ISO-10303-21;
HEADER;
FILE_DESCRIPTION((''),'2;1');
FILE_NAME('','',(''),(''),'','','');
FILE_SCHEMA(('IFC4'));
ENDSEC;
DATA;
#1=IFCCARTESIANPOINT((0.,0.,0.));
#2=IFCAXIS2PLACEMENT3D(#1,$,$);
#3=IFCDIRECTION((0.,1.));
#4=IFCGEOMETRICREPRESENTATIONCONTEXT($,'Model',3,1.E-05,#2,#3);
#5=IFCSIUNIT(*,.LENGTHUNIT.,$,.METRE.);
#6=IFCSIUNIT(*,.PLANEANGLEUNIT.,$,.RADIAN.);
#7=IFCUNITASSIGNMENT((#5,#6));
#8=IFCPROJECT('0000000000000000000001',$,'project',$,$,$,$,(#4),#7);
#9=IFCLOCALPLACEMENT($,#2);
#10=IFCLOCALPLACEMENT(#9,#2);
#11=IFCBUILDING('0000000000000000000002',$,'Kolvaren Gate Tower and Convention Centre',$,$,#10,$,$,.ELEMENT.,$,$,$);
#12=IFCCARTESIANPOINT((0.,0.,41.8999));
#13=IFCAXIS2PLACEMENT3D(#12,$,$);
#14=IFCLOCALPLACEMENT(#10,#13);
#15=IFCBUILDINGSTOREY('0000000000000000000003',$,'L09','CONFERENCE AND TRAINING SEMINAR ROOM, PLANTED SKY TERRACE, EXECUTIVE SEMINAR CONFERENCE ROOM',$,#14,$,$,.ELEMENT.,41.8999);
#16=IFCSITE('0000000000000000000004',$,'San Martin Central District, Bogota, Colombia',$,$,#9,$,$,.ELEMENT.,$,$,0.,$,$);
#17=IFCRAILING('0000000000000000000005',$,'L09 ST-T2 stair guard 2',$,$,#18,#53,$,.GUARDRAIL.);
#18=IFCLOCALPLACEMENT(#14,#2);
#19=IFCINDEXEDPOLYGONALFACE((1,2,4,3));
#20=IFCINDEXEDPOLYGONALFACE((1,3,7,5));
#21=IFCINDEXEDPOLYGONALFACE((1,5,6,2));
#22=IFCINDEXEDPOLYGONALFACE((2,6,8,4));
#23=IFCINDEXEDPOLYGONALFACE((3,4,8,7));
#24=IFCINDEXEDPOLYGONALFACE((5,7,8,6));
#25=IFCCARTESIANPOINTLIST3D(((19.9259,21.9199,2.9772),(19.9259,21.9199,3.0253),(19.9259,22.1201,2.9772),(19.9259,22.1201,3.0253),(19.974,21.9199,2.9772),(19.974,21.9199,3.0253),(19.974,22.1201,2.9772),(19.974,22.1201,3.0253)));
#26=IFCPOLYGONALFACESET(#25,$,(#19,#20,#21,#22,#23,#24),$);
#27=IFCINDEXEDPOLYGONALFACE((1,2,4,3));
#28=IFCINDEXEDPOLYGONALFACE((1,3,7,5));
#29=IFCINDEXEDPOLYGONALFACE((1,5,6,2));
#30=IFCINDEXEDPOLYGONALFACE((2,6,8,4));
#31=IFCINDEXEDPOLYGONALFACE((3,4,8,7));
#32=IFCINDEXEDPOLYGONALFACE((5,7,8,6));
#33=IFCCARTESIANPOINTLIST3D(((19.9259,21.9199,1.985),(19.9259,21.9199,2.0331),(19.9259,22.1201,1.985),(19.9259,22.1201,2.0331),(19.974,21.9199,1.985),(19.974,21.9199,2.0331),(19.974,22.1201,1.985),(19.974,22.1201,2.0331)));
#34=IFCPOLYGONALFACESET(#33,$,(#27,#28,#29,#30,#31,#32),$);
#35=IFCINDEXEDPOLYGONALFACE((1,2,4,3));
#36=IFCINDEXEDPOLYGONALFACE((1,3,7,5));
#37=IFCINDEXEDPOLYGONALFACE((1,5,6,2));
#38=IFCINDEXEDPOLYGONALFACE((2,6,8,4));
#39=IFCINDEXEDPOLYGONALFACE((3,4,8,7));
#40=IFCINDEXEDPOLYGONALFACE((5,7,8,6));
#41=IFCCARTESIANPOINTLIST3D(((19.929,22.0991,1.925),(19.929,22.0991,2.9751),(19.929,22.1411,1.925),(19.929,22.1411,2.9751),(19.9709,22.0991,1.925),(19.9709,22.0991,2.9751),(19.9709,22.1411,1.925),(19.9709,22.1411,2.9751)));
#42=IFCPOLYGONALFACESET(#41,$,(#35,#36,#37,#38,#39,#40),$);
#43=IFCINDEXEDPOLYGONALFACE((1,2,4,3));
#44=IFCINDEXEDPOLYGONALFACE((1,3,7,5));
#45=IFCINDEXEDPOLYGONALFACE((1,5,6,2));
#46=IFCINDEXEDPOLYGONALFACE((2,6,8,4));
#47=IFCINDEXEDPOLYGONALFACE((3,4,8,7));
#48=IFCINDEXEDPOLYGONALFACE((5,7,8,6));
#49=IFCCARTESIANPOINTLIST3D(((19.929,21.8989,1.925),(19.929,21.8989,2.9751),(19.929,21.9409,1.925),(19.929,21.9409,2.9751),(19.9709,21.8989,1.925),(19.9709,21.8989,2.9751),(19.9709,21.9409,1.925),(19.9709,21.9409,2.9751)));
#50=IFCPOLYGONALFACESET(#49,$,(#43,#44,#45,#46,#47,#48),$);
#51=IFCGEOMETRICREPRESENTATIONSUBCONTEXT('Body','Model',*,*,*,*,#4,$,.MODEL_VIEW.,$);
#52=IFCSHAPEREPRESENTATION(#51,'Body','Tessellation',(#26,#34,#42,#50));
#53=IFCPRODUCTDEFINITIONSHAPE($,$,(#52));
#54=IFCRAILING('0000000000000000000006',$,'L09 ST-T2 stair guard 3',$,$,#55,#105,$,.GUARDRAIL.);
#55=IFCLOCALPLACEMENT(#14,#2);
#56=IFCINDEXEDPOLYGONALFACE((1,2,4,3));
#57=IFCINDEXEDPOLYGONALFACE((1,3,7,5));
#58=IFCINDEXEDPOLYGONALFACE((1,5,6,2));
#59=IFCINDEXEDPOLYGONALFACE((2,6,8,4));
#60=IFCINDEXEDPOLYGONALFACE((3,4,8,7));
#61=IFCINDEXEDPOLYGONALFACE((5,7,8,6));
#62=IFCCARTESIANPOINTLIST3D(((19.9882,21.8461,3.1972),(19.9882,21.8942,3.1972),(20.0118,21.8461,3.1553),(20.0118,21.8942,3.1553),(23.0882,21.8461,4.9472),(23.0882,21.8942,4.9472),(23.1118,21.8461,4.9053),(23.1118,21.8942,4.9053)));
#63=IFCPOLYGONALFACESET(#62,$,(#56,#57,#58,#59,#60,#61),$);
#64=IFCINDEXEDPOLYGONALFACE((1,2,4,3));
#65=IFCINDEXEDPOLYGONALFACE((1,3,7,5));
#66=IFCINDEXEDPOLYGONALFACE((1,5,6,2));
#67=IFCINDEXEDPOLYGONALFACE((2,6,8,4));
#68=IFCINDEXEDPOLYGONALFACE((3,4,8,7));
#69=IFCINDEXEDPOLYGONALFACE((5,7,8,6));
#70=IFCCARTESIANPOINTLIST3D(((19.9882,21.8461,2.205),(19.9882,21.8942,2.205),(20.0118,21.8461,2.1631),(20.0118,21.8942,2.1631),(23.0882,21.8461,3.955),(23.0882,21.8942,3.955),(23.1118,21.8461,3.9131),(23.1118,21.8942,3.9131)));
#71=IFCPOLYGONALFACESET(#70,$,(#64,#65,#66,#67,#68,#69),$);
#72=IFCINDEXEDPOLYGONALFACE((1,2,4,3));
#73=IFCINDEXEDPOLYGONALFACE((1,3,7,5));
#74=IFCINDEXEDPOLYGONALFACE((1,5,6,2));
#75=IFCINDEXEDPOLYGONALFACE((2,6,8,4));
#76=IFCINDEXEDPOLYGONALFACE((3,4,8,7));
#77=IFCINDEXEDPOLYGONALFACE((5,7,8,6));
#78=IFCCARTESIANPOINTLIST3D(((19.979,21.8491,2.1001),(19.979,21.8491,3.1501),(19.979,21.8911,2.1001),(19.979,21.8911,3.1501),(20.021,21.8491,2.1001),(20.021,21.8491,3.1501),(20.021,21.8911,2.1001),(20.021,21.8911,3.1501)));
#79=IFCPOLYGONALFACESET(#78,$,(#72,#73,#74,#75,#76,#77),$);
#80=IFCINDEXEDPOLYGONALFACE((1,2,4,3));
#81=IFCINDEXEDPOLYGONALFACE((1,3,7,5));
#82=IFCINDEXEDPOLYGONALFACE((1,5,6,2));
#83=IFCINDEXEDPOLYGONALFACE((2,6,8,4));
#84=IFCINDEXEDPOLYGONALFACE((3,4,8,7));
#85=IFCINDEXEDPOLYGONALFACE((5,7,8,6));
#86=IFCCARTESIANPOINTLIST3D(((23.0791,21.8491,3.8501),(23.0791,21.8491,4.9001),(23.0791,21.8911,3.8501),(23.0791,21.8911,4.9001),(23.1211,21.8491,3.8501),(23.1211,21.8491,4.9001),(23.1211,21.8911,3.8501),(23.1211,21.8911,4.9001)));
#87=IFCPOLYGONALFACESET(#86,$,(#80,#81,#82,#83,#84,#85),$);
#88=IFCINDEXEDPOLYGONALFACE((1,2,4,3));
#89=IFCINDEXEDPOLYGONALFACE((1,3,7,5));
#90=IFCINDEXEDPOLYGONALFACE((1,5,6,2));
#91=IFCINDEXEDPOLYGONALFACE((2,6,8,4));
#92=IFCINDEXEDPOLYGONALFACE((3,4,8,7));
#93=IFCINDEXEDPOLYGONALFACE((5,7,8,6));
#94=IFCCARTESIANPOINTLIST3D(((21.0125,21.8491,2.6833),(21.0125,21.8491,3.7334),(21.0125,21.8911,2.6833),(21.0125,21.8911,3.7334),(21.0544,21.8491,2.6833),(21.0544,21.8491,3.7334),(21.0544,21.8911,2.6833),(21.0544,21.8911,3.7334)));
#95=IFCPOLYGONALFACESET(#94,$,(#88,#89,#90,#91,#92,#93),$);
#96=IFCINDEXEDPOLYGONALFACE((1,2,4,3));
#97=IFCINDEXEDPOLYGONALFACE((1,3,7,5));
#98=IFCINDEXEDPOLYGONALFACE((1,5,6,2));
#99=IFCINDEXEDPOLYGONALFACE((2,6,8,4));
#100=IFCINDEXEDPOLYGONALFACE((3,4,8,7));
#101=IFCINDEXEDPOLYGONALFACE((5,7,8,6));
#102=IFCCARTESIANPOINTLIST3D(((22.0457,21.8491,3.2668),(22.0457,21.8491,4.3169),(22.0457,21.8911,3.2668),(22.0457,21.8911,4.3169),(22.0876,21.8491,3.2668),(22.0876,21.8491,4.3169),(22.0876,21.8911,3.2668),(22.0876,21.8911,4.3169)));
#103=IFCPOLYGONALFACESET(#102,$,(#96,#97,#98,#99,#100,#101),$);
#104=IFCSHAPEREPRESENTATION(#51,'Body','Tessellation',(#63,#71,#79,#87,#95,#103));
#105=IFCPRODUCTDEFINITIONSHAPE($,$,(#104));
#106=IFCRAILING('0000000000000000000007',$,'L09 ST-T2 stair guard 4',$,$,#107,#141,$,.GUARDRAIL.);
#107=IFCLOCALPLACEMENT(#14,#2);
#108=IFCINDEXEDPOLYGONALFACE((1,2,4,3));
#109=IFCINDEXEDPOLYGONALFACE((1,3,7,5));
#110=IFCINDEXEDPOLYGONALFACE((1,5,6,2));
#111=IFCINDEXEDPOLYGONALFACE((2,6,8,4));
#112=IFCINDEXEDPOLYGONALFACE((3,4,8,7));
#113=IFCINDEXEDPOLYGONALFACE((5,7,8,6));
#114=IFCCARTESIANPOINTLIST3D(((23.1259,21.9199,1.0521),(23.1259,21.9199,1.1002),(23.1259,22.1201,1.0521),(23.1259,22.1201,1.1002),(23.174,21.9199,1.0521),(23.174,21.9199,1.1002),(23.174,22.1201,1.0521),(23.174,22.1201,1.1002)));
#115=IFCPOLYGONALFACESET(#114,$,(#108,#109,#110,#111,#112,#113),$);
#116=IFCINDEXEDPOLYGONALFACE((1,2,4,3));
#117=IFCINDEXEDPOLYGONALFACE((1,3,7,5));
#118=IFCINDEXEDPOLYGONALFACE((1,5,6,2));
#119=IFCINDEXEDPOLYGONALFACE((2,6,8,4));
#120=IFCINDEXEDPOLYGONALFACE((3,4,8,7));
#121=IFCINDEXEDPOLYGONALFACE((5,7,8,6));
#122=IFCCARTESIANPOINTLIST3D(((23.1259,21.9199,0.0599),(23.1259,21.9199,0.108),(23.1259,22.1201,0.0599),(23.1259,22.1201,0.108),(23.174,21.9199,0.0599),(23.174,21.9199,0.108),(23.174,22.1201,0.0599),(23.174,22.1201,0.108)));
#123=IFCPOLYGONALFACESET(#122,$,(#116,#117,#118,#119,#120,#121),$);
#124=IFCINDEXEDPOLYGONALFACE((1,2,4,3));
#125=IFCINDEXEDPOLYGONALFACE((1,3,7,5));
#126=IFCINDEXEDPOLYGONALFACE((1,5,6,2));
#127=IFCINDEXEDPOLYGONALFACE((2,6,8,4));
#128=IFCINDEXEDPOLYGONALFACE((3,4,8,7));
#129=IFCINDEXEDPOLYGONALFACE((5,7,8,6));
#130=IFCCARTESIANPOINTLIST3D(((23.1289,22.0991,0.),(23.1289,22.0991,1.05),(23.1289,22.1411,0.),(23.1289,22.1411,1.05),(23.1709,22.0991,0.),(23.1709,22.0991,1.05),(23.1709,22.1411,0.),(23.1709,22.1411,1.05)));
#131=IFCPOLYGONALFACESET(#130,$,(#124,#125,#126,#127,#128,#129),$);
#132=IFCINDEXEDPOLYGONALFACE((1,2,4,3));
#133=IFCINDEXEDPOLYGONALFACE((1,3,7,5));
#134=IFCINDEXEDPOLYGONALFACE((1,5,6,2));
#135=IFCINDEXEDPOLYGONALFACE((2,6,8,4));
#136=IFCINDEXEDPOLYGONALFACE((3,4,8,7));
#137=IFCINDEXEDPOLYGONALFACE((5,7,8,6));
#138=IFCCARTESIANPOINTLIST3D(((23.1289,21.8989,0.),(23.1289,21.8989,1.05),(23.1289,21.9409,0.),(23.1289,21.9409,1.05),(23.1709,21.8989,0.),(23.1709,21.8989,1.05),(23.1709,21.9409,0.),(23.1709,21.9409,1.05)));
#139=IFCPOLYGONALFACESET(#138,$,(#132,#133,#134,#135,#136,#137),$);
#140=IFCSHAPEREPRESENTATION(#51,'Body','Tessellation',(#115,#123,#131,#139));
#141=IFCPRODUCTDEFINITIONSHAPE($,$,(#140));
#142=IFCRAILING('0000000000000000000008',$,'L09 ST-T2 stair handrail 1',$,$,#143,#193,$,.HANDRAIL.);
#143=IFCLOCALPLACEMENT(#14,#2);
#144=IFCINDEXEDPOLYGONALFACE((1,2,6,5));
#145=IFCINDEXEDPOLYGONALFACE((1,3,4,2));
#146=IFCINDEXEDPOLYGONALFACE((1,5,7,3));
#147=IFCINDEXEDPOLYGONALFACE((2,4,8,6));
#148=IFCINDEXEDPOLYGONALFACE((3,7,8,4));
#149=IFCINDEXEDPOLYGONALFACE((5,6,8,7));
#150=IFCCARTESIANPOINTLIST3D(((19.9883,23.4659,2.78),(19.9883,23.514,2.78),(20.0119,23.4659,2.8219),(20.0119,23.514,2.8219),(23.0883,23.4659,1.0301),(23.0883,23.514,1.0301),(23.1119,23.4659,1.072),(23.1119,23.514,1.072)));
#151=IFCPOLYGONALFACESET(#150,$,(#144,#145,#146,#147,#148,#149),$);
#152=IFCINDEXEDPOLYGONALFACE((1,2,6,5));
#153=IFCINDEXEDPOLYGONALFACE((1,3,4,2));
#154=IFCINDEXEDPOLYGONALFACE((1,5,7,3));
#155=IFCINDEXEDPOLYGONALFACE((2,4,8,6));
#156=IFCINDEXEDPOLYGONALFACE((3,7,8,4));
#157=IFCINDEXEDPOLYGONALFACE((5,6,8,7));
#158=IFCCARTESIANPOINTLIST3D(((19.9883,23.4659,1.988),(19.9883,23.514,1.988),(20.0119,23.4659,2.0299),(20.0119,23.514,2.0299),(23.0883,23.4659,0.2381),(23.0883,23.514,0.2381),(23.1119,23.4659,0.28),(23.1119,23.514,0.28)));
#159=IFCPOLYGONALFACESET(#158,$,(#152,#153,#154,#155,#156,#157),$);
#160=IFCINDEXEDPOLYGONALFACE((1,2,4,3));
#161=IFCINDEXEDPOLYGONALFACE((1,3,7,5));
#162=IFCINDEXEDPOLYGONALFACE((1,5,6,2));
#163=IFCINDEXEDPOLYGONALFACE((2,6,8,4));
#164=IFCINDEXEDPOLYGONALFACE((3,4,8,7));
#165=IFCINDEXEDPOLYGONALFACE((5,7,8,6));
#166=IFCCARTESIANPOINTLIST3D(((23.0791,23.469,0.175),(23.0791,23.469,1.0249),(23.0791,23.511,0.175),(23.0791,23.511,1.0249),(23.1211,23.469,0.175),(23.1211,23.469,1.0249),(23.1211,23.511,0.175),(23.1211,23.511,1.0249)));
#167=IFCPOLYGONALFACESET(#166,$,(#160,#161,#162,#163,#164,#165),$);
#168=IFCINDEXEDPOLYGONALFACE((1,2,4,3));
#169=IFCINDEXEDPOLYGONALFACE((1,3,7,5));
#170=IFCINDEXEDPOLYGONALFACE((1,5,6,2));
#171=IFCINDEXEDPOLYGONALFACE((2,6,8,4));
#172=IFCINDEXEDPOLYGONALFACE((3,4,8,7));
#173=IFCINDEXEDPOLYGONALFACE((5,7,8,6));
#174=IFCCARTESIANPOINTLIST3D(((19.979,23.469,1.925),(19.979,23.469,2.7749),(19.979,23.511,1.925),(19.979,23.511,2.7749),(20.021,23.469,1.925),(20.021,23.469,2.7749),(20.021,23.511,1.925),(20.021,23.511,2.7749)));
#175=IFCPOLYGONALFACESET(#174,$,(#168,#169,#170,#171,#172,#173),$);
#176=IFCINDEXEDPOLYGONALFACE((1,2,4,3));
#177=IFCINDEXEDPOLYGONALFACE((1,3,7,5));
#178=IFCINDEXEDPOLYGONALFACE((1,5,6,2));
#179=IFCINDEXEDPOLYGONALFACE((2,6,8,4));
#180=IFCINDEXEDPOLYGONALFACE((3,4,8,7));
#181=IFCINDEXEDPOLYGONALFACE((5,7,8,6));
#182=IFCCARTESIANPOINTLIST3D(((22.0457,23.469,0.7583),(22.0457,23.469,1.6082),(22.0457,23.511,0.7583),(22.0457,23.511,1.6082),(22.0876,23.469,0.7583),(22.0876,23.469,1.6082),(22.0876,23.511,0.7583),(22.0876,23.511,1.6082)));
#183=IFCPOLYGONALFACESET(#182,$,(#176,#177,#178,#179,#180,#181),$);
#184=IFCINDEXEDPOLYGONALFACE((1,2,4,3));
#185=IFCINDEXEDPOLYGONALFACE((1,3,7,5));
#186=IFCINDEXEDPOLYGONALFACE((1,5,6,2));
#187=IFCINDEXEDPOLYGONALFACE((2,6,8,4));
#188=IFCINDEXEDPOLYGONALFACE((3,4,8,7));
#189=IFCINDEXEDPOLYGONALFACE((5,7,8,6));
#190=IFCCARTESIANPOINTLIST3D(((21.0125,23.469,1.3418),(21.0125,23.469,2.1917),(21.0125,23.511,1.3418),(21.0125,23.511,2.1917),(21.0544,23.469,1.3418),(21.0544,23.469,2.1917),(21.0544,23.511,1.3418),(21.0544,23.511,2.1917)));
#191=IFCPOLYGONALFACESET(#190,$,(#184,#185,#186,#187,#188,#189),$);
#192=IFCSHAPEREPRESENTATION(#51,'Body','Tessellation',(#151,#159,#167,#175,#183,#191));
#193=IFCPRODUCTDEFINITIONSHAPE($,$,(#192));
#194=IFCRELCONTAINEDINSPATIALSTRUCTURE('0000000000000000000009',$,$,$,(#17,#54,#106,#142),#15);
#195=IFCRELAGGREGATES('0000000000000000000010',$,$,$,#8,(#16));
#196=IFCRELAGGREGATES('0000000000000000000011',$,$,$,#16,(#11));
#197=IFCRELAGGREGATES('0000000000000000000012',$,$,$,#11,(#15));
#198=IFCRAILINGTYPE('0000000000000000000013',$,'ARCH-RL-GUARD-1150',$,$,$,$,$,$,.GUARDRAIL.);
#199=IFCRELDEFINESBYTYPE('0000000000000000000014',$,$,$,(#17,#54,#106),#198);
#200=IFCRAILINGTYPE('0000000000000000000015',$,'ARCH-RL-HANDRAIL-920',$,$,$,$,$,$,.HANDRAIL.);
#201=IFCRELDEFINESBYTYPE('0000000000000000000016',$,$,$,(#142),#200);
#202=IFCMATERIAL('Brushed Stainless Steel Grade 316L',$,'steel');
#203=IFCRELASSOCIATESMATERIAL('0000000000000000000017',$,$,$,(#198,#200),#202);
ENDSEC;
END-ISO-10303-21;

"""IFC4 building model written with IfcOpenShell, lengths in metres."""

from ifc_helpers import new_model, si_unit, direction, frame, origin, origin_2d, place, context, subcontext, project, spatial, rectangle, extrude, material, type_object, element, save


model = new_model("IFC4")

# Units and contexts
model_context = context("Model", 3, precision=1e-05, world=origin(), true_north=direction((0.0, 1.0)))
body_context = subcontext(model_context, "Body", "Model", "MODEL_VIEW")
ifc_project = project(units=[si_unit("LENGTHUNIT", "METRE"), si_unit("PLANEANGLEUNIT", "RADIAN")], contexts=[model_context])

# Site, building, storey
site_placement = place(None, origin())
site = spatial("IfcSite", under=ifc_project, at=site_placement, Name="San Martin Central District, Bogota, Colombia", CompositionType="ELEMENT", RefElevation=0.0)
building_placement = place(site_placement, origin())
building = spatial("IfcBuilding", under=site, at=building_placement, Name="Kolvaren Gate Tower and Convention Centre", CompositionType="ELEMENT")
storey_placement = place(building_placement, frame((0.0, 0.0, 41.8999)))
storey = spatial("IfcBuildingStorey", under=building, at=storey_placement, Name="L09", Description="CONFERENCE AND TRAINING SEMINAR ROOM, PLANTED SKY TERRACE, EXECUTIVE SEMINAR CONFERENCE ROOM", CompositionType="ELEMENT", Elevation=41.8999)

# Shared definitions
ifc_material_1 = material(Name="Brushed Stainless Steel Grade 316L", Category="steel")

# Railings
railing_type_1 = type_object("IfcRailingType", Name="ARCH-RL-GUARD-1150", PredefinedType="GUARDRAIL", material=ifc_material_1)
railing_1_placement = place(storey_placement, frame((19.95, 22.1201, 1.925)))
element("IfcRailing", 1, at=railing_1_placement, inside=storey, type_object=railing_type_1, Name="L09 ST-T2 stair guard 2", PredefinedType="GUARDRAIL", context=body_context, shape_type="SweptSolid", body=[
    extrude(rectangle(XDim=0.0481, YDim=0.0481, at=origin_2d()), frame((0.0, 0.0, 1.0762), z_axis=(0.0, -1.0, 0.0), x_axis=(1.0, 0.0, 0.0)), (0.0, 0.0, 1.0), 0.2002),
    extrude(rectangle(XDim=0.0481, YDim=0.0481, at=origin_2d()), frame((0.0, 0.0, 0.084), z_axis=(0.0, -1.0, 0.0), x_axis=(1.0, 0.0, 0.0)), (0.0, 0.0, 1.0), 0.2002),
    extrude(rectangle(XDim=0.042, YDim=0.042, at=origin_2d()), origin(), (0.0, 0.0, 1.0), 1.05),
    extrude(rectangle(XDim=0.042, YDim=0.042, at=origin_2d()), frame((0.0, -0.2002, 0.0)), (0.0, 0.0, 1.0), 1.05),
])
railing_2_placement = place(storey_placement, frame((20.0, 21.8701, 2.1001)))
element("IfcRailing", 2, at=railing_2_placement, inside=storey, type_object=railing_type_1, Name="L09 ST-T2 stair guard 3", PredefinedType="GUARDRAIL", context=body_context, shape_type="SweptSolid", body=[
    extrude(rectangle(XDim=0.0481, YDim=0.0481, at=origin_2d()), frame((0.0, 0.0, 1.0762), z_axis=(0.870831, 0.0, 0.491583), x_axis=(0.0, 1.0, 0.0)), (0.0, 0.0, 1.0), 3.5598),
    extrude(rectangle(XDim=0.0481, YDim=0.0481, at=origin_2d()), frame((0.0, 0.0, 0.084), z_axis=(0.870831, 0.0, 0.491583), x_axis=(0.0, 1.0, 0.0)), (0.0, 0.0, 1.0), 3.5598),
    extrude(rectangle(XDim=0.042, YDim=0.042, at=origin_2d()), origin(), (0.0, 0.0, 1.0), 1.05),
    extrude(rectangle(XDim=0.042, YDim=0.042, at=origin_2d()), frame((3.1001, 0.0, 1.75)), (0.0, 0.0, 1.0), 1.05),
    extrude(rectangle(XDim=0.042, YDim=0.042, at=origin_2d()), frame((1.0334, 0.0, 0.5833)), (0.0, 0.0, 1.0), 1.05),
    extrude(rectangle(XDim=0.042, YDim=0.042, at=origin_2d()), frame((2.0667, 0.0, 1.1667)), (0.0, 0.0, 1.0), 1.05),
])
railing_3_placement = place(storey_placement, frame((23.1499, 22.1201, 0.0)))
element("IfcRailing", 3, at=railing_3_placement, inside=storey, type_object=railing_type_1, Name="L09 ST-T2 stair guard 4", PredefinedType="GUARDRAIL", context=body_context, shape_type="SweptSolid", body=[
    extrude(rectangle(XDim=0.0481, YDim=0.0481, at=origin_2d()), frame((0.0, 0.0, 1.0762), z_axis=(0.0, -1.0, 0.0), x_axis=(1.0, 0.0, 0.0)), (0.0, 0.0, 1.0), 0.2002),
    extrude(rectangle(XDim=0.0481, YDim=0.0481, at=origin_2d()), frame((0.0, 0.0, 0.084), z_axis=(0.0, -1.0, 0.0), x_axis=(1.0, 0.0, 0.0)), (0.0, 0.0, 1.0), 0.2002),
    extrude(rectangle(XDim=0.042, YDim=0.042, at=origin_2d()), origin(), (0.0, 0.0, 1.0), 1.05),
    extrude(rectangle(XDim=0.042, YDim=0.042, at=origin_2d()), frame((0.0, -0.2002, 0.0)), (0.0, 0.0, 1.0), 1.05),
])
railing_type_2 = type_object("IfcRailingType", Name="ARCH-RL-HANDRAIL-920", PredefinedType="HANDRAIL", material=ifc_material_1)
railing_4_placement = place(storey_placement, frame((23.1001, 23.49, 0.175)))
element("IfcRailing", 4, at=railing_4_placement, inside=storey, type_object=railing_type_2, Name="L09 ST-T2 stair handrail 1", PredefinedType="HANDRAIL", context=body_context, shape_type="SweptSolid", body=[
    extrude(rectangle(XDim=0.0481, YDim=0.0481, at=origin_2d()), frame((0.0, 0.0, 0.876), z_axis=(-0.870831, 0.0, 0.491583), x_axis=(0.0, -1.0, 0.0)), (0.0, 0.0, 1.0), 3.5598),
    extrude(rectangle(XDim=0.0481, YDim=0.0481, at=origin_2d()), frame((0.0, 0.0, 0.084), z_axis=(-0.870831, 0.0, 0.491583), x_axis=(0.0, -1.0, 0.0)), (0.0, 0.0, 1.0), 3.5598),
    extrude(rectangle(XDim=0.042, YDim=0.042, at=origin_2d()), origin(), (0.0, 0.0, 1.0), 0.8499),
    extrude(rectangle(XDim=0.042, YDim=0.042, at=origin_2d()), frame((-3.1001, 0.0, 1.75)), (0.0, 0.0, 1.0), 0.8499),
    extrude(rectangle(XDim=0.042, YDim=0.042, at=origin_2d()), frame((-1.0334, 0.0, 0.5833)), (0.0, 0.0, 1.0), 0.8499),
    extrude(rectangle(XDim=0.042, YDim=0.042, at=origin_2d()), frame((-2.0667, 0.0, 1.1667)), (0.0, 0.0, 1.0), 0.8499),
])

save(model, "model.ifc")
